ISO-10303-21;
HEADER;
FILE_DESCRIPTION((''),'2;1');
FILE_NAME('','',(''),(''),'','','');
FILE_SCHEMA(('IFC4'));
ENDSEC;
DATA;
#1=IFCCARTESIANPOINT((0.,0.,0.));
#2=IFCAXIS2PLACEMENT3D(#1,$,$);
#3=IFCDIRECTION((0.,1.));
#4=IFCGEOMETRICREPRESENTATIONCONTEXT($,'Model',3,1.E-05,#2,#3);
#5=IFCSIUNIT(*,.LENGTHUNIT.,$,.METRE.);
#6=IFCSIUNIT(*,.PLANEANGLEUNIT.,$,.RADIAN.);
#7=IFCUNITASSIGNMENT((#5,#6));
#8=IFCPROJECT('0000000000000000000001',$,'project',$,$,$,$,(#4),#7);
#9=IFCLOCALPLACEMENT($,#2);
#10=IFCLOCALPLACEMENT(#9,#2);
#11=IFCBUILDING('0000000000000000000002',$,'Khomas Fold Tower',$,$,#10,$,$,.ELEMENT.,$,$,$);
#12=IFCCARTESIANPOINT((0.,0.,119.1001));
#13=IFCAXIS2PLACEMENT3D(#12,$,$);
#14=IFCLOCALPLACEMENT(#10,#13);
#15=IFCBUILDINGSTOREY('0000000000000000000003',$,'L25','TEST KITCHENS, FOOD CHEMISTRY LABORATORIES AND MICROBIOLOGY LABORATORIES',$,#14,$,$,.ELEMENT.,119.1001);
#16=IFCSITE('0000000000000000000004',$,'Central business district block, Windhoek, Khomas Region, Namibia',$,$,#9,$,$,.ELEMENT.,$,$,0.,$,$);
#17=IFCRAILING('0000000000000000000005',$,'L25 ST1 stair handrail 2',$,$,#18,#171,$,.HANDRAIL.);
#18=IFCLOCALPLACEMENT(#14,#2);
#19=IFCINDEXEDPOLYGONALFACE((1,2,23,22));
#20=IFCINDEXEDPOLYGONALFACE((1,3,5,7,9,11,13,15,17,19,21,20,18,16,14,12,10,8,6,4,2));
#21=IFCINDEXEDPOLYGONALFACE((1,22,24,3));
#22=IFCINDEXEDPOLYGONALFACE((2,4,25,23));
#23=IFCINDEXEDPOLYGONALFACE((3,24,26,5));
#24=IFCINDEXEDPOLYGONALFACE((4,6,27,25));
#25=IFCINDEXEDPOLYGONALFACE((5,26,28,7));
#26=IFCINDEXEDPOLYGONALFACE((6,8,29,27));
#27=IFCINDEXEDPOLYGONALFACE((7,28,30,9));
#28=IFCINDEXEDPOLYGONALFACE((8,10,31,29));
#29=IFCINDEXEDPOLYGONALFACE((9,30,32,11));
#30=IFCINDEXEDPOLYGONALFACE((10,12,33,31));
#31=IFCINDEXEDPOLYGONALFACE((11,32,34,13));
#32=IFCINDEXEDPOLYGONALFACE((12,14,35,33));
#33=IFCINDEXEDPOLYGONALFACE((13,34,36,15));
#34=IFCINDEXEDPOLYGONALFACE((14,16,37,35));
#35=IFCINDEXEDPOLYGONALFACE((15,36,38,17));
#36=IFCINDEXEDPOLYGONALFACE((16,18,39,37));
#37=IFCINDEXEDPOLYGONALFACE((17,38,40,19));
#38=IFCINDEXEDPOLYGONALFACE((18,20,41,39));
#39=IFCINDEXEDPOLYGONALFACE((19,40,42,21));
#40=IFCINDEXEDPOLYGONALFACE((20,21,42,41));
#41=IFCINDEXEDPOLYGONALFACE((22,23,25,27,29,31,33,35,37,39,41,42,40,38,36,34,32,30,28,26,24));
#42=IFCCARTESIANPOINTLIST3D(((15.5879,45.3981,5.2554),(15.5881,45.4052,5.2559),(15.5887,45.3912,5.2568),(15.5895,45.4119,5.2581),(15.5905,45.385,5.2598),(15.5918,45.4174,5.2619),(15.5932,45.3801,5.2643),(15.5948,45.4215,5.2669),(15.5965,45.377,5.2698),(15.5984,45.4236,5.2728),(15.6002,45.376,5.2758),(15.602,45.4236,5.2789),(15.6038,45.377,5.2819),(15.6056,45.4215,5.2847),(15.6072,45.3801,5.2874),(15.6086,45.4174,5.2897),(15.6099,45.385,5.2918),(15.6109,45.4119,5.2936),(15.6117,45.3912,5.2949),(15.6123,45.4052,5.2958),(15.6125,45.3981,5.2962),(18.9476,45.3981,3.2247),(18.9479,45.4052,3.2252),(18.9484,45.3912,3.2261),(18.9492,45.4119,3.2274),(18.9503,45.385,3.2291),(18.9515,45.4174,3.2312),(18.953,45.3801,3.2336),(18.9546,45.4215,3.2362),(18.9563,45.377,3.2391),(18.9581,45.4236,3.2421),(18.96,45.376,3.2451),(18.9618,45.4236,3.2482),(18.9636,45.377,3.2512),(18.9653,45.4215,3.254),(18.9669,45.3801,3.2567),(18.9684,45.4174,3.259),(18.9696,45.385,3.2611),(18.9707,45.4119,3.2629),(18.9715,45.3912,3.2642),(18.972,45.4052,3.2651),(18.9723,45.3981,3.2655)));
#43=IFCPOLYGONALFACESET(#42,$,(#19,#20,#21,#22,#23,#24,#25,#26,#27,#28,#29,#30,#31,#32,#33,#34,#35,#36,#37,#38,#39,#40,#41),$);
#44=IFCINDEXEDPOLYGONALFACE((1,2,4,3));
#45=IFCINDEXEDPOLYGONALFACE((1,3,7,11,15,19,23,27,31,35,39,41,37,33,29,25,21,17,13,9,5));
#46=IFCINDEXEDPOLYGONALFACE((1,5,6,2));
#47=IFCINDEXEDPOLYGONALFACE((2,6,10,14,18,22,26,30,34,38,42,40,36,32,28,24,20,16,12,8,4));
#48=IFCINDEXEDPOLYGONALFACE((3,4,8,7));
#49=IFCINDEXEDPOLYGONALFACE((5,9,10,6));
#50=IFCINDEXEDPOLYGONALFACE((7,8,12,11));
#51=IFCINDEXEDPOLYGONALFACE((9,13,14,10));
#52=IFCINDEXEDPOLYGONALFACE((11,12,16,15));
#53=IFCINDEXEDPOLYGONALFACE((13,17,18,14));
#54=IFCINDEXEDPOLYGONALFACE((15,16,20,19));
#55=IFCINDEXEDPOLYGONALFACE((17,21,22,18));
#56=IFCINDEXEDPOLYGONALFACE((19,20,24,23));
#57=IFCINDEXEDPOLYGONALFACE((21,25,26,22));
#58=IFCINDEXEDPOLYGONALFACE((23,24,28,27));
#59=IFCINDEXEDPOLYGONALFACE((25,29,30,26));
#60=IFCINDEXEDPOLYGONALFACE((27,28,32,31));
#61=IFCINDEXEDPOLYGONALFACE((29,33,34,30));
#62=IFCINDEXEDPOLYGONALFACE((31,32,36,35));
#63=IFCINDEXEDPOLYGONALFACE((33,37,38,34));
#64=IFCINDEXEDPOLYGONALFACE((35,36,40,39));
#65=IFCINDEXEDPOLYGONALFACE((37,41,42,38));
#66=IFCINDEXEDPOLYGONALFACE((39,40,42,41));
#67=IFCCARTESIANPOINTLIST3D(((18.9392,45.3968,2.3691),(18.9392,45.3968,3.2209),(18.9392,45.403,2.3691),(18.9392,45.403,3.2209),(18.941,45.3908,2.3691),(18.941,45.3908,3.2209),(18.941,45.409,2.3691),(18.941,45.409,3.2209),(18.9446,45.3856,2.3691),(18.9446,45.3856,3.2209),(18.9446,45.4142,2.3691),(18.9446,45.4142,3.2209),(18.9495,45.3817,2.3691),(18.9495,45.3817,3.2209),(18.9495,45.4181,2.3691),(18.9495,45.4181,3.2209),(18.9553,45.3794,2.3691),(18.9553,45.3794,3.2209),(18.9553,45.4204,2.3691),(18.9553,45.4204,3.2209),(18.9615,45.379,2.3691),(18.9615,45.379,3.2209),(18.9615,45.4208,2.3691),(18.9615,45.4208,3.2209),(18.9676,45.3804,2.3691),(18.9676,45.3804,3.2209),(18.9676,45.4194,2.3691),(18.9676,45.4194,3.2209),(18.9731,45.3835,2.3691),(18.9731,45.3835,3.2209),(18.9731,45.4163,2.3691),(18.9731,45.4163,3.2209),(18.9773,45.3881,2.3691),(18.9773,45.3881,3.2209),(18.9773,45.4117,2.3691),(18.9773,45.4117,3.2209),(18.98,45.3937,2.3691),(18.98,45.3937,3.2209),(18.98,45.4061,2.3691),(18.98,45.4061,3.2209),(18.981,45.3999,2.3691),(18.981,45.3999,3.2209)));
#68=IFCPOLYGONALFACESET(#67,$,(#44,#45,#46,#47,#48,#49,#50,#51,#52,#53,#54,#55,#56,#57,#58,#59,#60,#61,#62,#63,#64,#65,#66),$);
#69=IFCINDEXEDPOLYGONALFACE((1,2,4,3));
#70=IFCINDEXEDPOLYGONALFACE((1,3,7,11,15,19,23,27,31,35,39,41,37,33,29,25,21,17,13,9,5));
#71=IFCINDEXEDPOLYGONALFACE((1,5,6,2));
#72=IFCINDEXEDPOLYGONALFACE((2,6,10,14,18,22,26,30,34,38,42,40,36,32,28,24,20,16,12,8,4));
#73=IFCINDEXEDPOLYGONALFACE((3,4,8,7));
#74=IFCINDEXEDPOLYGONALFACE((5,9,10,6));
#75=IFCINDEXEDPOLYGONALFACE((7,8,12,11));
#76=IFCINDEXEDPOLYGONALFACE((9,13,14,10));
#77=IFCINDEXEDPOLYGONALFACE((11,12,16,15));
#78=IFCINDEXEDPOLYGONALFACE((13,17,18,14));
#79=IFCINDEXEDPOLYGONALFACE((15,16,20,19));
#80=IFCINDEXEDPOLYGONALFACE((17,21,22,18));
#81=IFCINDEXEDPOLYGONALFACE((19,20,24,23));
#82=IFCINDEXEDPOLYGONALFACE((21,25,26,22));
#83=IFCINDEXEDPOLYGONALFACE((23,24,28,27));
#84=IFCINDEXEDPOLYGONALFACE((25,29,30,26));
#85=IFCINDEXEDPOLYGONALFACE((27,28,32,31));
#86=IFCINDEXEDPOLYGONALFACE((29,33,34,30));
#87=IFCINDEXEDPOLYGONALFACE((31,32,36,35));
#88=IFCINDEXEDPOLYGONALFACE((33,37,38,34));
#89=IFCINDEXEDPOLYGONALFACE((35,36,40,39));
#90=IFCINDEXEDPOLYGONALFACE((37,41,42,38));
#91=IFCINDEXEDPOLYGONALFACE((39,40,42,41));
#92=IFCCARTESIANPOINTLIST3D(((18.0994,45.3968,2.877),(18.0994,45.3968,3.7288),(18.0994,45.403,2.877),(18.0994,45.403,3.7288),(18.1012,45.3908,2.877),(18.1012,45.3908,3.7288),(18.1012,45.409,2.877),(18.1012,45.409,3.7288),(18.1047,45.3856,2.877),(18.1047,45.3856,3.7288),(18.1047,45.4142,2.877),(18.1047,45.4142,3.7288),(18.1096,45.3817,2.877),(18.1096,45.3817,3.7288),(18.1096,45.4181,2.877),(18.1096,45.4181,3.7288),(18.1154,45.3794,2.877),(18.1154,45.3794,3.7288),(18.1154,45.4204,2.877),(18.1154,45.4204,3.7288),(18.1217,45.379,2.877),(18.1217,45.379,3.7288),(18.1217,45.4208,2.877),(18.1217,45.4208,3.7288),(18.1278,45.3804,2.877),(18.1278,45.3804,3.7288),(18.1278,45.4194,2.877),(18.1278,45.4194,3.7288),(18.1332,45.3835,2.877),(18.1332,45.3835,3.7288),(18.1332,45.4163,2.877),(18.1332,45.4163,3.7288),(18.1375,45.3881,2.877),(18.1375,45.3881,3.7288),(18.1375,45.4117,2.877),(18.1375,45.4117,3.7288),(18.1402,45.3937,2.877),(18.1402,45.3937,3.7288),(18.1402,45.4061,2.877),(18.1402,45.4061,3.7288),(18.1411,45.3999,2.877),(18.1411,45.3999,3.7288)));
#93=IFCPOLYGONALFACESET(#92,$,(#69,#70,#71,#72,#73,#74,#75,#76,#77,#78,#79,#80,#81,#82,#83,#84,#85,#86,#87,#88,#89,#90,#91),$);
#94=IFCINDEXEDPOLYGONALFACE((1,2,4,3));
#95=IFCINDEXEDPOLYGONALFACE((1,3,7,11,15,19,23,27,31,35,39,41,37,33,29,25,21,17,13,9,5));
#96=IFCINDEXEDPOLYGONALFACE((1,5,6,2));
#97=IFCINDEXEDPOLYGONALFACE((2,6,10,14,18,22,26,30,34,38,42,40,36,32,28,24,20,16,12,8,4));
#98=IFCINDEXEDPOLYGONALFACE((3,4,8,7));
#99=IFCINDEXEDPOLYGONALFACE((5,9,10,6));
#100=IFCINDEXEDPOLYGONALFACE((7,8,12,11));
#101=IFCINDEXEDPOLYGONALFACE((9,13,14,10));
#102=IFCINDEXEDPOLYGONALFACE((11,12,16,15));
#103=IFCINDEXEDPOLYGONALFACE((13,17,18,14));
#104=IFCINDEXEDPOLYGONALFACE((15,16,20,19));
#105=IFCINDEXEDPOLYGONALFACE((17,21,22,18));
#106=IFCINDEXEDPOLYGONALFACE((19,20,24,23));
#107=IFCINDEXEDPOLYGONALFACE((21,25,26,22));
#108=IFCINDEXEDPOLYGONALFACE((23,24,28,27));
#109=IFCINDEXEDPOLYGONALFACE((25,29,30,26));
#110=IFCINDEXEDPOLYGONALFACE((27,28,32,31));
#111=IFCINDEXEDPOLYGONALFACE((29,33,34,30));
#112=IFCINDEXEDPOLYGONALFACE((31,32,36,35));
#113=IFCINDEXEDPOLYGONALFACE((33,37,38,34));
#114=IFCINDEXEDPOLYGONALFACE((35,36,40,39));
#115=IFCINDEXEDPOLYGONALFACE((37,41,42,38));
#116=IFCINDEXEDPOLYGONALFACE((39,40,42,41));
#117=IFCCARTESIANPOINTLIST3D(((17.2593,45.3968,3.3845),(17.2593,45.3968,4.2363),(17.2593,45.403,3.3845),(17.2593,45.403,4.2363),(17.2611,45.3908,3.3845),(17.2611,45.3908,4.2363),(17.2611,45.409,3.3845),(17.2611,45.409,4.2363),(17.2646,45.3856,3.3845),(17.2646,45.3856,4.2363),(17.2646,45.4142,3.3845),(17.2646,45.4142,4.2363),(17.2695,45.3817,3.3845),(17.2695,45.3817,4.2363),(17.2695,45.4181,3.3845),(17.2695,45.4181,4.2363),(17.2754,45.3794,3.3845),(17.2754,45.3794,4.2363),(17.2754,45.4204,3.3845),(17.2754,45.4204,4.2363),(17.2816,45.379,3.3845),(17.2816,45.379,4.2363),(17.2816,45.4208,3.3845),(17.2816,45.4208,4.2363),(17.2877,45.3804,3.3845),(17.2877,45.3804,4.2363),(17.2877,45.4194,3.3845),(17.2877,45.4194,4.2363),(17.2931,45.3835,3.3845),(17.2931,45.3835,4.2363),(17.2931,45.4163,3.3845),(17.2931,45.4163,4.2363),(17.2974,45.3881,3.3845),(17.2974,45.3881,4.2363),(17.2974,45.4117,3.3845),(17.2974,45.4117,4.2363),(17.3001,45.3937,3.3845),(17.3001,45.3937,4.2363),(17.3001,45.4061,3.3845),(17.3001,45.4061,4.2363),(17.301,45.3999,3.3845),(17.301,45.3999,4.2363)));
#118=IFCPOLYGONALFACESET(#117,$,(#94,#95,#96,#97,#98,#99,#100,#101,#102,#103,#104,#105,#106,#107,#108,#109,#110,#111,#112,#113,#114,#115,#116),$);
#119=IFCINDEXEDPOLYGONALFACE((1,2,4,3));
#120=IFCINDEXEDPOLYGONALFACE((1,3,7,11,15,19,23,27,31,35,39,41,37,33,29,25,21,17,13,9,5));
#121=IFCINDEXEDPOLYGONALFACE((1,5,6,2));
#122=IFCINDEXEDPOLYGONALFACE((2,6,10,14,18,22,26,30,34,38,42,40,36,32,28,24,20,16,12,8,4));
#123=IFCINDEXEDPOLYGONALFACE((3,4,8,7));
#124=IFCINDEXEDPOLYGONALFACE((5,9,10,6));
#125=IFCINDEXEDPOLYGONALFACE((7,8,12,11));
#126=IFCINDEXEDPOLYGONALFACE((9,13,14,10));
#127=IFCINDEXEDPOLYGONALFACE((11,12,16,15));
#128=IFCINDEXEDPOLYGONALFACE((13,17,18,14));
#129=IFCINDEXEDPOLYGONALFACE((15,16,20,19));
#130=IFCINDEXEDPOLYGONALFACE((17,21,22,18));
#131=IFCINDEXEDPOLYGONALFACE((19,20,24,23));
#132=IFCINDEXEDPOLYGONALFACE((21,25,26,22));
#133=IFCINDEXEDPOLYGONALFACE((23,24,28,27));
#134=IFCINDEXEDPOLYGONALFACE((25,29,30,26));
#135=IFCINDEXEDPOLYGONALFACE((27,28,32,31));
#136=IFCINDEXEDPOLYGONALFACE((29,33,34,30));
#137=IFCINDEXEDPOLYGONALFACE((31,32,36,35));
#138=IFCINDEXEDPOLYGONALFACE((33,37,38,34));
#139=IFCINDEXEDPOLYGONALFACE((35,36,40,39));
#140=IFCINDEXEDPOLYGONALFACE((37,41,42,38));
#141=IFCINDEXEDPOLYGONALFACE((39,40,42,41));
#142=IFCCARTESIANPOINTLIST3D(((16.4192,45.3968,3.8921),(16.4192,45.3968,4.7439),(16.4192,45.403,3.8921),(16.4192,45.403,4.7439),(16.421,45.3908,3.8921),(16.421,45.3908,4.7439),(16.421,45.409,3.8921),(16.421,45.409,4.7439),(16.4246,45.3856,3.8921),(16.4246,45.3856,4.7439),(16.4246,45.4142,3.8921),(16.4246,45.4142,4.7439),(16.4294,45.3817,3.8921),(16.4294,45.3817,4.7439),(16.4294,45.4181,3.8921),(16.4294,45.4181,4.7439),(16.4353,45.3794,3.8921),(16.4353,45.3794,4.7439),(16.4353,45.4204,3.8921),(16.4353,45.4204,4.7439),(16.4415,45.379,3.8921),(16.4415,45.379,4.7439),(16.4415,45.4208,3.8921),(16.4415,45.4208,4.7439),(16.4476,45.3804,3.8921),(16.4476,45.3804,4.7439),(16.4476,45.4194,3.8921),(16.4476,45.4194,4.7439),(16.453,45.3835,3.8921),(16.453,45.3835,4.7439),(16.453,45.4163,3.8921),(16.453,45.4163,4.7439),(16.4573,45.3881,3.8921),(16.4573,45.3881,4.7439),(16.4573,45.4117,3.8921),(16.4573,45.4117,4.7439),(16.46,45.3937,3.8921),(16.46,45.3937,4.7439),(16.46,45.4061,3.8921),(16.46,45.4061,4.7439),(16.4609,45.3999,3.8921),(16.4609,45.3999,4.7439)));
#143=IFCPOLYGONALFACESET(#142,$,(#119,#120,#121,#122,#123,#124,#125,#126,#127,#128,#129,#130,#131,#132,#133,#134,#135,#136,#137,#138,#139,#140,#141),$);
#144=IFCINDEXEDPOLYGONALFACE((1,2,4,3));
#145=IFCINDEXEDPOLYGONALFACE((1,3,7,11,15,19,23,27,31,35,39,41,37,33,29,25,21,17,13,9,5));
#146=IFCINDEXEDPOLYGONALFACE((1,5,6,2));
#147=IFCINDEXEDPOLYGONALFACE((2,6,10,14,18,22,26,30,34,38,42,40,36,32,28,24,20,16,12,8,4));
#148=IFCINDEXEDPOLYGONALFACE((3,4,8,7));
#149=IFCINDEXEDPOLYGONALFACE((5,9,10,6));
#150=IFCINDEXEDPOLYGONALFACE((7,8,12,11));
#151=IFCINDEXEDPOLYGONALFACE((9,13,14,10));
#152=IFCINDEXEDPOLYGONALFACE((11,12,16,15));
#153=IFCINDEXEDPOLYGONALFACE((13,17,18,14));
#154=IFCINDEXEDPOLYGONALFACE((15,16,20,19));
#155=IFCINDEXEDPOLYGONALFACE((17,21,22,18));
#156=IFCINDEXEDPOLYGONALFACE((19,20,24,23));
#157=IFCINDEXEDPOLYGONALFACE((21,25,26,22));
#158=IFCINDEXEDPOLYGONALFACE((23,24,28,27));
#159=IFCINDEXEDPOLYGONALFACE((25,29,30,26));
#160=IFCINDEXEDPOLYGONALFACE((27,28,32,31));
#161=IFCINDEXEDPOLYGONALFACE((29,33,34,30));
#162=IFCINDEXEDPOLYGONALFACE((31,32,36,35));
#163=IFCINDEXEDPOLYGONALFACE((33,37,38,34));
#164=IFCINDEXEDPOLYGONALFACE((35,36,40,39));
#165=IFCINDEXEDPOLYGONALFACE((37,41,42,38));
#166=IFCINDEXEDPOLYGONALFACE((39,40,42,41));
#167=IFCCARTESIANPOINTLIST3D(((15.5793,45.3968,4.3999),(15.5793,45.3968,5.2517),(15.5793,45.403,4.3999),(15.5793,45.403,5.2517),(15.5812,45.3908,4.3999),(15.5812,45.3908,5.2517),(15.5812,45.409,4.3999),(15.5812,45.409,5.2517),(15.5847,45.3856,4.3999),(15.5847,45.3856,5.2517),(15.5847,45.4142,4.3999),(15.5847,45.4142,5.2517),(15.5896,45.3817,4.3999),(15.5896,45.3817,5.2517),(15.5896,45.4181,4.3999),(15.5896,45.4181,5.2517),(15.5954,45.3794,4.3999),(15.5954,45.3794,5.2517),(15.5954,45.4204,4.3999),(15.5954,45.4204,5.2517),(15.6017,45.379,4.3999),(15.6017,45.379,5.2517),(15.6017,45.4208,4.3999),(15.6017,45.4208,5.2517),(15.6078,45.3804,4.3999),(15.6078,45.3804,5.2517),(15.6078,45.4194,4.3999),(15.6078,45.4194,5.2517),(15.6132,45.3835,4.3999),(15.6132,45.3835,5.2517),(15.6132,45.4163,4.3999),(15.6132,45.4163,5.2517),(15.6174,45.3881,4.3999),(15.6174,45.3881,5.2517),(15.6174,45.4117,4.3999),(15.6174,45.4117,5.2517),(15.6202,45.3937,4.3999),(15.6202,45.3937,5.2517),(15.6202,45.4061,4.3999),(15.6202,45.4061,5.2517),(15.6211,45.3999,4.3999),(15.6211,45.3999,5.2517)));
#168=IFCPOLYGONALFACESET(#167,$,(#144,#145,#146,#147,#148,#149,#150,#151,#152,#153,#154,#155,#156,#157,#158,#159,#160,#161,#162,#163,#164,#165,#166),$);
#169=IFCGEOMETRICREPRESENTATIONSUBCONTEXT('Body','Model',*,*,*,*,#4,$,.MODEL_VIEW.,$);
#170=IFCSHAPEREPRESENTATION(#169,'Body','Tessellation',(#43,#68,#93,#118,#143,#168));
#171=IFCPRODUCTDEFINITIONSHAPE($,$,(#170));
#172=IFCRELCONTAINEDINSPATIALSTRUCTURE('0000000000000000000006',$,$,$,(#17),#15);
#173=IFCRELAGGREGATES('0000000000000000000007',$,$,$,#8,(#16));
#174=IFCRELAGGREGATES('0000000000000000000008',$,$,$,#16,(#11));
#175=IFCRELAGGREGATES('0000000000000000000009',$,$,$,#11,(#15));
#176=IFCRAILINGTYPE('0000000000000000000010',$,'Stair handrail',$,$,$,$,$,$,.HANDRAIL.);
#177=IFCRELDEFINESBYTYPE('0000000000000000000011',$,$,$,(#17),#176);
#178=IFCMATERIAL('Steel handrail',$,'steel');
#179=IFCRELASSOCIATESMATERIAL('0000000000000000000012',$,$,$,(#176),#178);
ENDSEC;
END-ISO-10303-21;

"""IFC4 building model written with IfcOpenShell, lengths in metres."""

from ifc_helpers import new_model, si_unit, direction, frame, origin, origin_2d, place, context, subcontext, project, spatial, circle, extrude, source, transform, mapped, material, type_object, element, save


model = new_model("IFC4")

# Units and contexts
model_context = context("Model", 3, precision=1e-05, world=origin(), true_north=direction((0.0, 1.0)))
body_context = subcontext(model_context, "Body", "Model", "MODEL_VIEW")
ifc_project = project(units=[si_unit("LENGTHUNIT", "METRE"), si_unit("PLANEANGLEUNIT", "RADIAN")], contexts=[model_context])

# Site, building, storey
site_placement = place(None, origin())
site = spatial("IfcSite", under=ifc_project, at=site_placement, Name="Central business district block, Windhoek, Khomas Region, Namibia", CompositionType="ELEMENT", RefElevation=0.0)
building_placement = place(site_placement, origin())
building = spatial("IfcBuilding", under=site, at=building_placement, Name="Khomas Fold Tower", CompositionType="ELEMENT")
storey_placement = place(building_placement, frame((0.0, 0.0, 119.1001)))
storey = spatial("IfcBuildingStorey", under=building, at=storey_placement, Name="L25", Description="TEST KITCHENS, FOOD CHEMISTRY LABORATORIES AND MICROBIOLOGY LABORATORIES", CompositionType="ELEMENT", Elevation=119.1001)

# Railing
ifc_material_1 = material(Name="Steel handrail", Category="steel")
railing_type_1 = type_object("IfcRailingType", Name="Stair handrail", PredefinedType="HANDRAIL", material=ifc_material_1)
shared_shape_1 = source(origin(), body_context, "Body", "SweptSolid", [
    extrude(circle(Radius=0.0239, at=origin_2d()), frame((0.0, 0.0, 0.876), z_axis=(-0.85582, 0.0, 0.517273), x_axis=(0.0, -1.0, 0.0)), (0.0, 0.0, 1.0), 3.9258),
    extrude(circle(Radius=0.021, at=origin_2d()), origin(), (0.0, 0.0, 1.0), 0.8518),
    extrude(circle(Radius=0.021, at=origin_2d()), frame((-0.8398, 0.0, 0.5078)), (0.0, 0.0, 1.0), 0.8518),
    extrude(circle(Radius=0.021, at=origin_2d()), frame((-1.6799, 0.0, 1.0154)), (0.0, 0.0, 1.0), 0.8518),
    extrude(circle(Radius=0.021, at=origin_2d()), frame((-2.52, 0.0, 1.5229)), (0.0, 0.0, 1.0), 0.8518),
    extrude(circle(Radius=0.021, at=origin_2d()), frame((-3.3599, 0.0, 2.0308)), (0.0, 0.0, 1.0), 0.8518),
])
railing_1_placement = place(storey_placement, frame((18.96, 45.3999, 2.3691)))
element("IfcRailing", 1, at=railing_1_placement, inside=storey, type_object=railing_type_1, Name="L25 ST1 stair handrail 2", PredefinedType="HANDRAIL", context=body_context, shape_type="MappedRepresentation", body=[
    mapped(shared_shape_1, transform((0.0, 0.0, 0.0))),
])

save(model, "model.ifc")
